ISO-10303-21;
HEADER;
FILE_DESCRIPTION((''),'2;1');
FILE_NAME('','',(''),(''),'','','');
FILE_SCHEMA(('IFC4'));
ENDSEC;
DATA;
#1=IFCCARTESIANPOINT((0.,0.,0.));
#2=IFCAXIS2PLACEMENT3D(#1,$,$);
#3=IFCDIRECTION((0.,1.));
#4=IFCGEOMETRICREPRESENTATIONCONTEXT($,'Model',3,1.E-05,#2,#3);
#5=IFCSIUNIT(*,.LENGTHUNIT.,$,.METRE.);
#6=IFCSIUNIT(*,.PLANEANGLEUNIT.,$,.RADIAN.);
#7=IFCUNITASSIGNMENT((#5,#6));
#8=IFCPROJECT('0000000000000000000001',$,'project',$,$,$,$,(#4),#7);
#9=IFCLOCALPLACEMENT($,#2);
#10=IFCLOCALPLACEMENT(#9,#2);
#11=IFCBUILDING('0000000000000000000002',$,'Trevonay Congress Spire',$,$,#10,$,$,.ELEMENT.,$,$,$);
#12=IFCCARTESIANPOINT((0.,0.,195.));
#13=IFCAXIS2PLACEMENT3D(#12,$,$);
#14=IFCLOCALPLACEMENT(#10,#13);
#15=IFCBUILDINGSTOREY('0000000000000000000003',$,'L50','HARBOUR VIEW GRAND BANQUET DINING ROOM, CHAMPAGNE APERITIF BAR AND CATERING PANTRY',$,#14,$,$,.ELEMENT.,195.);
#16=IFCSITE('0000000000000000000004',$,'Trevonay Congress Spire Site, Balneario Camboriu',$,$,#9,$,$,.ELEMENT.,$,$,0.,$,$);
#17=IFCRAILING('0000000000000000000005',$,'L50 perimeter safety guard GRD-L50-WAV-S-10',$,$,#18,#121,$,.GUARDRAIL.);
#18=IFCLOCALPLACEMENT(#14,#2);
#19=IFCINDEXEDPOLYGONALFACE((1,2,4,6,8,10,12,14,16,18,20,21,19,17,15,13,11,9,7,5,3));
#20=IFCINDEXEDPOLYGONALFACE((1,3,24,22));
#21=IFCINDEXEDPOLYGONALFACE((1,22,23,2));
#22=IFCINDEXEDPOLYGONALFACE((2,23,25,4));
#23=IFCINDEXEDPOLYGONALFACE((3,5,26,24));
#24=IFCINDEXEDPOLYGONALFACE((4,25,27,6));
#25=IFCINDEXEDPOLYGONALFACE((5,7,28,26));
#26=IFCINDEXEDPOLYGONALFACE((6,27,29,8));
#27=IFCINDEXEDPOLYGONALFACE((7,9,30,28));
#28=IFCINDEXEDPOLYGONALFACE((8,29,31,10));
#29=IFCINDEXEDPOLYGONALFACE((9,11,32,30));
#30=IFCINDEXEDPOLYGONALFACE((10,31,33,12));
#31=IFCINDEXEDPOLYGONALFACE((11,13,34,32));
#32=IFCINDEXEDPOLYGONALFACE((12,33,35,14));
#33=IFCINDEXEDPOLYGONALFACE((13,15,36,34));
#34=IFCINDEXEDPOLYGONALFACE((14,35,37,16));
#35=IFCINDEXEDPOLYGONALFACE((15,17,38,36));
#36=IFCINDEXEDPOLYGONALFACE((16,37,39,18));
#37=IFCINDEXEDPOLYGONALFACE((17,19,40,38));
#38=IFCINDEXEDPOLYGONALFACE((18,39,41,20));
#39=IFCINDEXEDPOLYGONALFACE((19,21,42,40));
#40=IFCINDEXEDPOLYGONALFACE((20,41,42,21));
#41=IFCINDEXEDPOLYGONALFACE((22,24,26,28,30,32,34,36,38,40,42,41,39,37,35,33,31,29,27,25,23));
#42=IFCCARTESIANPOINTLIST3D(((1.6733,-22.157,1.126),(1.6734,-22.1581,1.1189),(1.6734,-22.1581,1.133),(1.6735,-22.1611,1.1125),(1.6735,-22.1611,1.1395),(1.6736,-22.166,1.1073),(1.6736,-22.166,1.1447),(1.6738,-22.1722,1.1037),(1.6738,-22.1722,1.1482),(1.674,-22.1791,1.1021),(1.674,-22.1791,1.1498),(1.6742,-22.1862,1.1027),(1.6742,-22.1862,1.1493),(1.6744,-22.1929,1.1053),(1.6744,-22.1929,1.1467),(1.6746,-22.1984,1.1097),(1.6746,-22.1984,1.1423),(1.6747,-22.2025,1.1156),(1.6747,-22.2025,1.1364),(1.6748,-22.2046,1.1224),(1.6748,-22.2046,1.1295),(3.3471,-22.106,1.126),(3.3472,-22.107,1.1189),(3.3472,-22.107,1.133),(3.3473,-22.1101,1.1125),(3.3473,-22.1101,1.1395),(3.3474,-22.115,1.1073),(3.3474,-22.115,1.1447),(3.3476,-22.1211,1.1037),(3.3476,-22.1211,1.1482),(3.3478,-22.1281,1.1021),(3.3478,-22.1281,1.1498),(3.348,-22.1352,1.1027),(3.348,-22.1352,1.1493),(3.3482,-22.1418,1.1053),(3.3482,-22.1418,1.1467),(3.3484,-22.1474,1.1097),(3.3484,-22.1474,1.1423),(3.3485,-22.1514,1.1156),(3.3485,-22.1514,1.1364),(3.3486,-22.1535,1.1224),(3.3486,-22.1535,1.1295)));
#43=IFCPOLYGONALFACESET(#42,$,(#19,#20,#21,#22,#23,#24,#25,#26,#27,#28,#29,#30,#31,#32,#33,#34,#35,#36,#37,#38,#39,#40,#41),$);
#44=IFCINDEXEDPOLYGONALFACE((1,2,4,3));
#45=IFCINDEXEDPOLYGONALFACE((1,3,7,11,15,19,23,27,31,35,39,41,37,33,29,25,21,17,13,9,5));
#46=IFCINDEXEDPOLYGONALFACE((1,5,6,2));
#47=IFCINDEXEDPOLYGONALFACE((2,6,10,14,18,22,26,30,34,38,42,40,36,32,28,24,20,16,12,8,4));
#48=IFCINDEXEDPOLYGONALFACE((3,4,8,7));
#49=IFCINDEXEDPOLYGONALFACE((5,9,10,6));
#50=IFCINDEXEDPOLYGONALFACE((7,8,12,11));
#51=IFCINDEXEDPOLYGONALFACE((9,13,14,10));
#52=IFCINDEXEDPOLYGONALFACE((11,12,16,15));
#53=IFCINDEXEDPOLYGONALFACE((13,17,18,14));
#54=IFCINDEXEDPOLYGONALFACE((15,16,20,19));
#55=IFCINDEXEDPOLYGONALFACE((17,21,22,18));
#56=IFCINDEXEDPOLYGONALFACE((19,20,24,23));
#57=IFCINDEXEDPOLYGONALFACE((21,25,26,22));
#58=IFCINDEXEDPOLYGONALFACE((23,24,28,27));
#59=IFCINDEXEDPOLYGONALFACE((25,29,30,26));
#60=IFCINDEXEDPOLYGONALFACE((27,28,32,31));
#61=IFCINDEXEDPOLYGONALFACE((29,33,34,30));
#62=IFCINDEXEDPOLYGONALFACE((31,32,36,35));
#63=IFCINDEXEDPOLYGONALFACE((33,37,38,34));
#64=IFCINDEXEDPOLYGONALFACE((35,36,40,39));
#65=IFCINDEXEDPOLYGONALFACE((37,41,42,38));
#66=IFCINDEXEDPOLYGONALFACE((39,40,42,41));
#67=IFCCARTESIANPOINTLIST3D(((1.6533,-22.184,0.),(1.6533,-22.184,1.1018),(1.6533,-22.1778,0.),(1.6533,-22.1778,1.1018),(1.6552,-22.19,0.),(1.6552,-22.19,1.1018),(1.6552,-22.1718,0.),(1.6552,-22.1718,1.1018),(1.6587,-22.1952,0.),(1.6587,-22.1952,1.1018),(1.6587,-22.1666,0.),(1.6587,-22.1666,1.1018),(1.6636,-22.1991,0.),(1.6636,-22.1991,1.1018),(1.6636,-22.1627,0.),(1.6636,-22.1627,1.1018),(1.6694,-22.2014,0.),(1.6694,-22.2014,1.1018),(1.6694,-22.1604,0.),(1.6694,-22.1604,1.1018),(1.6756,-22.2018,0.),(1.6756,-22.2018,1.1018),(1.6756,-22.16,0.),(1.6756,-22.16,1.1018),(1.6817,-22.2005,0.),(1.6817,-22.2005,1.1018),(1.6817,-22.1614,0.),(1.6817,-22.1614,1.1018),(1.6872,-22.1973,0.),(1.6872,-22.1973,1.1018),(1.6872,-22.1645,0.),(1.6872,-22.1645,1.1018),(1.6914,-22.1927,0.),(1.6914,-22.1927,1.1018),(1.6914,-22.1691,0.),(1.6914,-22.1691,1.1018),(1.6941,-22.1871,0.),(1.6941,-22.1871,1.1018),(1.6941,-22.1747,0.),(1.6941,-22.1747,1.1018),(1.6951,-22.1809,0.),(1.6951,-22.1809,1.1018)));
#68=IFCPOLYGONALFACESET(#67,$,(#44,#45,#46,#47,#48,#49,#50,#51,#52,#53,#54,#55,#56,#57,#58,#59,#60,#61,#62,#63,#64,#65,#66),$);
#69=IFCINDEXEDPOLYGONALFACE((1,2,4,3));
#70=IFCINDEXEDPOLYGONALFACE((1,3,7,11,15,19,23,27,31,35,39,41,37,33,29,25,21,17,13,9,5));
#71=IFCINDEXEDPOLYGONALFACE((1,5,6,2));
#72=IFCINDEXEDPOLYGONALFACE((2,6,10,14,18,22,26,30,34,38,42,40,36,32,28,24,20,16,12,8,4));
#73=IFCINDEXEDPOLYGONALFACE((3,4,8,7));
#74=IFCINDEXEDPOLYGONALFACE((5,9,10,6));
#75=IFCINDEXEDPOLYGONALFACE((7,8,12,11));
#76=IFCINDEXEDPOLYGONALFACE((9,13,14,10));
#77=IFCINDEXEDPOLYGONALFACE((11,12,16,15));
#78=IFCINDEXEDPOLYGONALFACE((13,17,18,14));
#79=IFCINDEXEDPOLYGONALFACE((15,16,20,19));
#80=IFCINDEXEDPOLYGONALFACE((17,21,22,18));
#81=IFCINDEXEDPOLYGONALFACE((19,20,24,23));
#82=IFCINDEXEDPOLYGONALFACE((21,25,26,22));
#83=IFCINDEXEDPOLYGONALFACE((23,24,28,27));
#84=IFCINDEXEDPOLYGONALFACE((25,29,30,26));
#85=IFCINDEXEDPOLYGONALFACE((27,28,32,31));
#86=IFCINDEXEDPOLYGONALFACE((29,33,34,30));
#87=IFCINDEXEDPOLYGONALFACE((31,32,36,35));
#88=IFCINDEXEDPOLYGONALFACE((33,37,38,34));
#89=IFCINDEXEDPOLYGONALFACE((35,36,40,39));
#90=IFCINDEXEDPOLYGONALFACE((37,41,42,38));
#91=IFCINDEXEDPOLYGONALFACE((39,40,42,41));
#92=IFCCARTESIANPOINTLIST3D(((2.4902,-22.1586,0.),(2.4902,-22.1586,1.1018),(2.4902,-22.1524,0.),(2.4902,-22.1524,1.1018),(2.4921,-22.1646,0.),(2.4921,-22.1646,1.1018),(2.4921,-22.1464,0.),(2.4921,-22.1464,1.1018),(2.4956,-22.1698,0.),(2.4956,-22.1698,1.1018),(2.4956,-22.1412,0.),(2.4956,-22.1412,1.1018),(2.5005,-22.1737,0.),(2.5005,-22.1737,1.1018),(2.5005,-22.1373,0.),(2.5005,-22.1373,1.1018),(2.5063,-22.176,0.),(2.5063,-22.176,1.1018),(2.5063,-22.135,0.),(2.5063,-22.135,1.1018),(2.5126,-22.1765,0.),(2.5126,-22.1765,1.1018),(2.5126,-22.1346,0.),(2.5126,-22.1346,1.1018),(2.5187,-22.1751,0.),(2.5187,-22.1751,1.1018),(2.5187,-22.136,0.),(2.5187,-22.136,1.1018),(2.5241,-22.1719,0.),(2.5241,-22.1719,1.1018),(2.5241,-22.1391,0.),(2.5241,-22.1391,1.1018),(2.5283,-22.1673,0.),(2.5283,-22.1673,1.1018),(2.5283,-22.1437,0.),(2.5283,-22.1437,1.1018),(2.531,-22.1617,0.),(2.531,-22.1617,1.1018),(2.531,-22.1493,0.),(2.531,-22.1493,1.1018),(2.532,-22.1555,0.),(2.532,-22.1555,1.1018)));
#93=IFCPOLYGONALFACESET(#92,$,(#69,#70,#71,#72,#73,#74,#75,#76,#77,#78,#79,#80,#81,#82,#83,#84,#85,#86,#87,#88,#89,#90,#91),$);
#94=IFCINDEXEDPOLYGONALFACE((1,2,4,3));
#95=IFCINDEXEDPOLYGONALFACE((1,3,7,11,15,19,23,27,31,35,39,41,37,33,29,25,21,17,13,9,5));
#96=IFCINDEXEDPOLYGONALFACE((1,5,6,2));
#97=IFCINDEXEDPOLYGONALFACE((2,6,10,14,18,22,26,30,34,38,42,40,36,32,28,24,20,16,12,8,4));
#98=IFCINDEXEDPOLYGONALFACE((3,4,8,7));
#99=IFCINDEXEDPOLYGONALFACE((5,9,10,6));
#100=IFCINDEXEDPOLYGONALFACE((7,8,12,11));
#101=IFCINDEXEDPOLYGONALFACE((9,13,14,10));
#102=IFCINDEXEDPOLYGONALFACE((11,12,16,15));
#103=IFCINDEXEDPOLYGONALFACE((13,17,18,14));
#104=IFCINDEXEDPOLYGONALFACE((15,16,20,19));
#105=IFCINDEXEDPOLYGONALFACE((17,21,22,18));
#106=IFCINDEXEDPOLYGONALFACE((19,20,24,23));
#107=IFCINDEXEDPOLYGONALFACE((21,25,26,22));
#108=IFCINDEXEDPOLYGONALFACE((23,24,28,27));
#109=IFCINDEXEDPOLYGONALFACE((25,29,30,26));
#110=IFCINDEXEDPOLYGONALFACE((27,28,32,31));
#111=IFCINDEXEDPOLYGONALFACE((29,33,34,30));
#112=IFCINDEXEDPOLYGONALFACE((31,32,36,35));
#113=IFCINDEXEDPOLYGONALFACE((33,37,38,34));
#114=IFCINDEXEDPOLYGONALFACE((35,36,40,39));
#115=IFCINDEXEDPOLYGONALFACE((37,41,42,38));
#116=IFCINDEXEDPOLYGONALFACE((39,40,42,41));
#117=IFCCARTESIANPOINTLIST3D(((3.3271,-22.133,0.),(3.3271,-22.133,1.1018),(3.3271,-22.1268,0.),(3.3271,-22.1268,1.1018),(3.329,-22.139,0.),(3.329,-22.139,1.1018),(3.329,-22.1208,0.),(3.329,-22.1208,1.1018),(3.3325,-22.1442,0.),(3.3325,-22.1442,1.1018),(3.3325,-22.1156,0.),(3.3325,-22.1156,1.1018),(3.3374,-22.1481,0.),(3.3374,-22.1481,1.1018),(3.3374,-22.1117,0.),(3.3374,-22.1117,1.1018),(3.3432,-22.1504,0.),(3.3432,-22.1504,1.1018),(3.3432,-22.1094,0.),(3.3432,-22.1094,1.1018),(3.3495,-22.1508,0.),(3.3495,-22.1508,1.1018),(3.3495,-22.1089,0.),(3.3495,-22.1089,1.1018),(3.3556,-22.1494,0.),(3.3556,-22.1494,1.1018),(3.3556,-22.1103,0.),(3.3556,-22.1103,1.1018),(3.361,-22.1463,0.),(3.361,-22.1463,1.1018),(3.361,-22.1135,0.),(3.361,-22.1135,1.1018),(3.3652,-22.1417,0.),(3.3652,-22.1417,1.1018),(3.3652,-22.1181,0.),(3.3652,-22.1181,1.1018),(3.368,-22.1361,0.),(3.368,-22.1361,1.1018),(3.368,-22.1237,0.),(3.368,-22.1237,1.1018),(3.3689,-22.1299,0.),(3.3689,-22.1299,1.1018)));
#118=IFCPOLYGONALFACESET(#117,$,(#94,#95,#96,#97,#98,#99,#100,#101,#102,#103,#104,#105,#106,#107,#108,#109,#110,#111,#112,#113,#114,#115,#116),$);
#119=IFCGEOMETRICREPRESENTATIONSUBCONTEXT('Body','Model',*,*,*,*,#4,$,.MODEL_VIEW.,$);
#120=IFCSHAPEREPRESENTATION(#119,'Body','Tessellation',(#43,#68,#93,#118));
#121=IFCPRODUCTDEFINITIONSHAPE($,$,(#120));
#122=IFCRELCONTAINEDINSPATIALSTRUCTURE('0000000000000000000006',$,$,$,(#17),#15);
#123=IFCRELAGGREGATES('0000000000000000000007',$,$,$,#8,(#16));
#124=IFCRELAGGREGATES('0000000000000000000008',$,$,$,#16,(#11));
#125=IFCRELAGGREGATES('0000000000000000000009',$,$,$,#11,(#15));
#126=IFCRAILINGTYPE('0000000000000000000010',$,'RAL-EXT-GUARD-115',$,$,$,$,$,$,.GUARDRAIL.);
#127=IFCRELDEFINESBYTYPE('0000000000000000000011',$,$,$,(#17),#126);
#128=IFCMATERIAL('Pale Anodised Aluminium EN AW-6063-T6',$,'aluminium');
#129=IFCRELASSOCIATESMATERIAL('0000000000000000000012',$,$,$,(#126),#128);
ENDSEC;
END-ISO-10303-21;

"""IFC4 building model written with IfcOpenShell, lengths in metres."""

from ifc_helpers import new_model, si_unit, direction, frame, origin, origin_2d, place, context, subcontext, project, spatial, circle, extrude, material, type_object, element, save


model = new_model("IFC4")

# Units and contexts
model_context = context("Model", 3, precision=1e-05, world=origin(), true_north=direction((0.0, 1.0)))
body_context = subcontext(model_context, "Body", "Model", "MODEL_VIEW")
ifc_project = project(units=[si_unit("LENGTHUNIT", "METRE"), si_unit("PLANEANGLEUNIT", "RADIAN")], contexts=[model_context])

# Site, building, storey
site_placement = place(None, origin())
site = spatial("IfcSite", under=ifc_project, at=site_placement, Name="Trevonay Congress Spire Site, Balneario Camboriu", CompositionType="ELEMENT", RefElevation=0.0)
building_placement = place(site_placement, origin())
building = spatial("IfcBuilding", under=site, at=building_placement, Name="Trevonay Congress Spire", CompositionType="ELEMENT")
storey_placement = place(building_placement, frame((0.0, 0.0, 195.0)))
storey = spatial("IfcBuildingStorey", under=building, at=storey_placement, Name="L50", Description="HARBOUR VIEW GRAND BANQUET DINING ROOM, CHAMPAGNE APERITIF BAR AND CATERING PANTRY", CompositionType="ELEMENT", Elevation=195.0)

# Shared definitions
ifc_material_1 = material(Name="Pale Anodised Aluminium EN AW-6063-T6", Category="aluminium")

# Railing
railing_type = type_object("IfcRailingType", Name="RAL-EXT-GUARD-115", PredefinedType="GUARDRAIL", material=ifc_material_1)
railing_1_placement = place(storey_placement, frame((1.6741, -22.1809, 0.0)))
element("IfcRailing", 1, at=railing_1_placement, inside=storey, type_object=railing_type, Name="L50 perimeter safety guard GRD-L50-WAV-S-10", PredefinedType="GUARDRAIL", context=body_context, shape_type="SweptSolid", body=[
    extrude(circle(Radius=0.0239, at=origin_2d()), frame((0.0, 0.0, 1.126), z_axis=(0.999536, 0.03047, 0.0), x_axis=(-0.03047, 0.999536, 0.0)), (0.0, 0.0, 1.0), 1.6746),
    extrude(circle(Radius=0.021, at=origin_2d()), origin(), (0.0, 0.0, 1.0), 1.1018),
    extrude(circle(Radius=0.021, at=origin_2d()), frame((0.8369, 0.0254, 0.0)), (0.0, 0.0, 1.0), 1.1018),
    extrude(circle(Radius=0.021, at=origin_2d()), frame((1.6738, 0.051, 0.0)), (0.0, 0.0, 1.0), 1.1018),
])

save(model, "model.ifc")
